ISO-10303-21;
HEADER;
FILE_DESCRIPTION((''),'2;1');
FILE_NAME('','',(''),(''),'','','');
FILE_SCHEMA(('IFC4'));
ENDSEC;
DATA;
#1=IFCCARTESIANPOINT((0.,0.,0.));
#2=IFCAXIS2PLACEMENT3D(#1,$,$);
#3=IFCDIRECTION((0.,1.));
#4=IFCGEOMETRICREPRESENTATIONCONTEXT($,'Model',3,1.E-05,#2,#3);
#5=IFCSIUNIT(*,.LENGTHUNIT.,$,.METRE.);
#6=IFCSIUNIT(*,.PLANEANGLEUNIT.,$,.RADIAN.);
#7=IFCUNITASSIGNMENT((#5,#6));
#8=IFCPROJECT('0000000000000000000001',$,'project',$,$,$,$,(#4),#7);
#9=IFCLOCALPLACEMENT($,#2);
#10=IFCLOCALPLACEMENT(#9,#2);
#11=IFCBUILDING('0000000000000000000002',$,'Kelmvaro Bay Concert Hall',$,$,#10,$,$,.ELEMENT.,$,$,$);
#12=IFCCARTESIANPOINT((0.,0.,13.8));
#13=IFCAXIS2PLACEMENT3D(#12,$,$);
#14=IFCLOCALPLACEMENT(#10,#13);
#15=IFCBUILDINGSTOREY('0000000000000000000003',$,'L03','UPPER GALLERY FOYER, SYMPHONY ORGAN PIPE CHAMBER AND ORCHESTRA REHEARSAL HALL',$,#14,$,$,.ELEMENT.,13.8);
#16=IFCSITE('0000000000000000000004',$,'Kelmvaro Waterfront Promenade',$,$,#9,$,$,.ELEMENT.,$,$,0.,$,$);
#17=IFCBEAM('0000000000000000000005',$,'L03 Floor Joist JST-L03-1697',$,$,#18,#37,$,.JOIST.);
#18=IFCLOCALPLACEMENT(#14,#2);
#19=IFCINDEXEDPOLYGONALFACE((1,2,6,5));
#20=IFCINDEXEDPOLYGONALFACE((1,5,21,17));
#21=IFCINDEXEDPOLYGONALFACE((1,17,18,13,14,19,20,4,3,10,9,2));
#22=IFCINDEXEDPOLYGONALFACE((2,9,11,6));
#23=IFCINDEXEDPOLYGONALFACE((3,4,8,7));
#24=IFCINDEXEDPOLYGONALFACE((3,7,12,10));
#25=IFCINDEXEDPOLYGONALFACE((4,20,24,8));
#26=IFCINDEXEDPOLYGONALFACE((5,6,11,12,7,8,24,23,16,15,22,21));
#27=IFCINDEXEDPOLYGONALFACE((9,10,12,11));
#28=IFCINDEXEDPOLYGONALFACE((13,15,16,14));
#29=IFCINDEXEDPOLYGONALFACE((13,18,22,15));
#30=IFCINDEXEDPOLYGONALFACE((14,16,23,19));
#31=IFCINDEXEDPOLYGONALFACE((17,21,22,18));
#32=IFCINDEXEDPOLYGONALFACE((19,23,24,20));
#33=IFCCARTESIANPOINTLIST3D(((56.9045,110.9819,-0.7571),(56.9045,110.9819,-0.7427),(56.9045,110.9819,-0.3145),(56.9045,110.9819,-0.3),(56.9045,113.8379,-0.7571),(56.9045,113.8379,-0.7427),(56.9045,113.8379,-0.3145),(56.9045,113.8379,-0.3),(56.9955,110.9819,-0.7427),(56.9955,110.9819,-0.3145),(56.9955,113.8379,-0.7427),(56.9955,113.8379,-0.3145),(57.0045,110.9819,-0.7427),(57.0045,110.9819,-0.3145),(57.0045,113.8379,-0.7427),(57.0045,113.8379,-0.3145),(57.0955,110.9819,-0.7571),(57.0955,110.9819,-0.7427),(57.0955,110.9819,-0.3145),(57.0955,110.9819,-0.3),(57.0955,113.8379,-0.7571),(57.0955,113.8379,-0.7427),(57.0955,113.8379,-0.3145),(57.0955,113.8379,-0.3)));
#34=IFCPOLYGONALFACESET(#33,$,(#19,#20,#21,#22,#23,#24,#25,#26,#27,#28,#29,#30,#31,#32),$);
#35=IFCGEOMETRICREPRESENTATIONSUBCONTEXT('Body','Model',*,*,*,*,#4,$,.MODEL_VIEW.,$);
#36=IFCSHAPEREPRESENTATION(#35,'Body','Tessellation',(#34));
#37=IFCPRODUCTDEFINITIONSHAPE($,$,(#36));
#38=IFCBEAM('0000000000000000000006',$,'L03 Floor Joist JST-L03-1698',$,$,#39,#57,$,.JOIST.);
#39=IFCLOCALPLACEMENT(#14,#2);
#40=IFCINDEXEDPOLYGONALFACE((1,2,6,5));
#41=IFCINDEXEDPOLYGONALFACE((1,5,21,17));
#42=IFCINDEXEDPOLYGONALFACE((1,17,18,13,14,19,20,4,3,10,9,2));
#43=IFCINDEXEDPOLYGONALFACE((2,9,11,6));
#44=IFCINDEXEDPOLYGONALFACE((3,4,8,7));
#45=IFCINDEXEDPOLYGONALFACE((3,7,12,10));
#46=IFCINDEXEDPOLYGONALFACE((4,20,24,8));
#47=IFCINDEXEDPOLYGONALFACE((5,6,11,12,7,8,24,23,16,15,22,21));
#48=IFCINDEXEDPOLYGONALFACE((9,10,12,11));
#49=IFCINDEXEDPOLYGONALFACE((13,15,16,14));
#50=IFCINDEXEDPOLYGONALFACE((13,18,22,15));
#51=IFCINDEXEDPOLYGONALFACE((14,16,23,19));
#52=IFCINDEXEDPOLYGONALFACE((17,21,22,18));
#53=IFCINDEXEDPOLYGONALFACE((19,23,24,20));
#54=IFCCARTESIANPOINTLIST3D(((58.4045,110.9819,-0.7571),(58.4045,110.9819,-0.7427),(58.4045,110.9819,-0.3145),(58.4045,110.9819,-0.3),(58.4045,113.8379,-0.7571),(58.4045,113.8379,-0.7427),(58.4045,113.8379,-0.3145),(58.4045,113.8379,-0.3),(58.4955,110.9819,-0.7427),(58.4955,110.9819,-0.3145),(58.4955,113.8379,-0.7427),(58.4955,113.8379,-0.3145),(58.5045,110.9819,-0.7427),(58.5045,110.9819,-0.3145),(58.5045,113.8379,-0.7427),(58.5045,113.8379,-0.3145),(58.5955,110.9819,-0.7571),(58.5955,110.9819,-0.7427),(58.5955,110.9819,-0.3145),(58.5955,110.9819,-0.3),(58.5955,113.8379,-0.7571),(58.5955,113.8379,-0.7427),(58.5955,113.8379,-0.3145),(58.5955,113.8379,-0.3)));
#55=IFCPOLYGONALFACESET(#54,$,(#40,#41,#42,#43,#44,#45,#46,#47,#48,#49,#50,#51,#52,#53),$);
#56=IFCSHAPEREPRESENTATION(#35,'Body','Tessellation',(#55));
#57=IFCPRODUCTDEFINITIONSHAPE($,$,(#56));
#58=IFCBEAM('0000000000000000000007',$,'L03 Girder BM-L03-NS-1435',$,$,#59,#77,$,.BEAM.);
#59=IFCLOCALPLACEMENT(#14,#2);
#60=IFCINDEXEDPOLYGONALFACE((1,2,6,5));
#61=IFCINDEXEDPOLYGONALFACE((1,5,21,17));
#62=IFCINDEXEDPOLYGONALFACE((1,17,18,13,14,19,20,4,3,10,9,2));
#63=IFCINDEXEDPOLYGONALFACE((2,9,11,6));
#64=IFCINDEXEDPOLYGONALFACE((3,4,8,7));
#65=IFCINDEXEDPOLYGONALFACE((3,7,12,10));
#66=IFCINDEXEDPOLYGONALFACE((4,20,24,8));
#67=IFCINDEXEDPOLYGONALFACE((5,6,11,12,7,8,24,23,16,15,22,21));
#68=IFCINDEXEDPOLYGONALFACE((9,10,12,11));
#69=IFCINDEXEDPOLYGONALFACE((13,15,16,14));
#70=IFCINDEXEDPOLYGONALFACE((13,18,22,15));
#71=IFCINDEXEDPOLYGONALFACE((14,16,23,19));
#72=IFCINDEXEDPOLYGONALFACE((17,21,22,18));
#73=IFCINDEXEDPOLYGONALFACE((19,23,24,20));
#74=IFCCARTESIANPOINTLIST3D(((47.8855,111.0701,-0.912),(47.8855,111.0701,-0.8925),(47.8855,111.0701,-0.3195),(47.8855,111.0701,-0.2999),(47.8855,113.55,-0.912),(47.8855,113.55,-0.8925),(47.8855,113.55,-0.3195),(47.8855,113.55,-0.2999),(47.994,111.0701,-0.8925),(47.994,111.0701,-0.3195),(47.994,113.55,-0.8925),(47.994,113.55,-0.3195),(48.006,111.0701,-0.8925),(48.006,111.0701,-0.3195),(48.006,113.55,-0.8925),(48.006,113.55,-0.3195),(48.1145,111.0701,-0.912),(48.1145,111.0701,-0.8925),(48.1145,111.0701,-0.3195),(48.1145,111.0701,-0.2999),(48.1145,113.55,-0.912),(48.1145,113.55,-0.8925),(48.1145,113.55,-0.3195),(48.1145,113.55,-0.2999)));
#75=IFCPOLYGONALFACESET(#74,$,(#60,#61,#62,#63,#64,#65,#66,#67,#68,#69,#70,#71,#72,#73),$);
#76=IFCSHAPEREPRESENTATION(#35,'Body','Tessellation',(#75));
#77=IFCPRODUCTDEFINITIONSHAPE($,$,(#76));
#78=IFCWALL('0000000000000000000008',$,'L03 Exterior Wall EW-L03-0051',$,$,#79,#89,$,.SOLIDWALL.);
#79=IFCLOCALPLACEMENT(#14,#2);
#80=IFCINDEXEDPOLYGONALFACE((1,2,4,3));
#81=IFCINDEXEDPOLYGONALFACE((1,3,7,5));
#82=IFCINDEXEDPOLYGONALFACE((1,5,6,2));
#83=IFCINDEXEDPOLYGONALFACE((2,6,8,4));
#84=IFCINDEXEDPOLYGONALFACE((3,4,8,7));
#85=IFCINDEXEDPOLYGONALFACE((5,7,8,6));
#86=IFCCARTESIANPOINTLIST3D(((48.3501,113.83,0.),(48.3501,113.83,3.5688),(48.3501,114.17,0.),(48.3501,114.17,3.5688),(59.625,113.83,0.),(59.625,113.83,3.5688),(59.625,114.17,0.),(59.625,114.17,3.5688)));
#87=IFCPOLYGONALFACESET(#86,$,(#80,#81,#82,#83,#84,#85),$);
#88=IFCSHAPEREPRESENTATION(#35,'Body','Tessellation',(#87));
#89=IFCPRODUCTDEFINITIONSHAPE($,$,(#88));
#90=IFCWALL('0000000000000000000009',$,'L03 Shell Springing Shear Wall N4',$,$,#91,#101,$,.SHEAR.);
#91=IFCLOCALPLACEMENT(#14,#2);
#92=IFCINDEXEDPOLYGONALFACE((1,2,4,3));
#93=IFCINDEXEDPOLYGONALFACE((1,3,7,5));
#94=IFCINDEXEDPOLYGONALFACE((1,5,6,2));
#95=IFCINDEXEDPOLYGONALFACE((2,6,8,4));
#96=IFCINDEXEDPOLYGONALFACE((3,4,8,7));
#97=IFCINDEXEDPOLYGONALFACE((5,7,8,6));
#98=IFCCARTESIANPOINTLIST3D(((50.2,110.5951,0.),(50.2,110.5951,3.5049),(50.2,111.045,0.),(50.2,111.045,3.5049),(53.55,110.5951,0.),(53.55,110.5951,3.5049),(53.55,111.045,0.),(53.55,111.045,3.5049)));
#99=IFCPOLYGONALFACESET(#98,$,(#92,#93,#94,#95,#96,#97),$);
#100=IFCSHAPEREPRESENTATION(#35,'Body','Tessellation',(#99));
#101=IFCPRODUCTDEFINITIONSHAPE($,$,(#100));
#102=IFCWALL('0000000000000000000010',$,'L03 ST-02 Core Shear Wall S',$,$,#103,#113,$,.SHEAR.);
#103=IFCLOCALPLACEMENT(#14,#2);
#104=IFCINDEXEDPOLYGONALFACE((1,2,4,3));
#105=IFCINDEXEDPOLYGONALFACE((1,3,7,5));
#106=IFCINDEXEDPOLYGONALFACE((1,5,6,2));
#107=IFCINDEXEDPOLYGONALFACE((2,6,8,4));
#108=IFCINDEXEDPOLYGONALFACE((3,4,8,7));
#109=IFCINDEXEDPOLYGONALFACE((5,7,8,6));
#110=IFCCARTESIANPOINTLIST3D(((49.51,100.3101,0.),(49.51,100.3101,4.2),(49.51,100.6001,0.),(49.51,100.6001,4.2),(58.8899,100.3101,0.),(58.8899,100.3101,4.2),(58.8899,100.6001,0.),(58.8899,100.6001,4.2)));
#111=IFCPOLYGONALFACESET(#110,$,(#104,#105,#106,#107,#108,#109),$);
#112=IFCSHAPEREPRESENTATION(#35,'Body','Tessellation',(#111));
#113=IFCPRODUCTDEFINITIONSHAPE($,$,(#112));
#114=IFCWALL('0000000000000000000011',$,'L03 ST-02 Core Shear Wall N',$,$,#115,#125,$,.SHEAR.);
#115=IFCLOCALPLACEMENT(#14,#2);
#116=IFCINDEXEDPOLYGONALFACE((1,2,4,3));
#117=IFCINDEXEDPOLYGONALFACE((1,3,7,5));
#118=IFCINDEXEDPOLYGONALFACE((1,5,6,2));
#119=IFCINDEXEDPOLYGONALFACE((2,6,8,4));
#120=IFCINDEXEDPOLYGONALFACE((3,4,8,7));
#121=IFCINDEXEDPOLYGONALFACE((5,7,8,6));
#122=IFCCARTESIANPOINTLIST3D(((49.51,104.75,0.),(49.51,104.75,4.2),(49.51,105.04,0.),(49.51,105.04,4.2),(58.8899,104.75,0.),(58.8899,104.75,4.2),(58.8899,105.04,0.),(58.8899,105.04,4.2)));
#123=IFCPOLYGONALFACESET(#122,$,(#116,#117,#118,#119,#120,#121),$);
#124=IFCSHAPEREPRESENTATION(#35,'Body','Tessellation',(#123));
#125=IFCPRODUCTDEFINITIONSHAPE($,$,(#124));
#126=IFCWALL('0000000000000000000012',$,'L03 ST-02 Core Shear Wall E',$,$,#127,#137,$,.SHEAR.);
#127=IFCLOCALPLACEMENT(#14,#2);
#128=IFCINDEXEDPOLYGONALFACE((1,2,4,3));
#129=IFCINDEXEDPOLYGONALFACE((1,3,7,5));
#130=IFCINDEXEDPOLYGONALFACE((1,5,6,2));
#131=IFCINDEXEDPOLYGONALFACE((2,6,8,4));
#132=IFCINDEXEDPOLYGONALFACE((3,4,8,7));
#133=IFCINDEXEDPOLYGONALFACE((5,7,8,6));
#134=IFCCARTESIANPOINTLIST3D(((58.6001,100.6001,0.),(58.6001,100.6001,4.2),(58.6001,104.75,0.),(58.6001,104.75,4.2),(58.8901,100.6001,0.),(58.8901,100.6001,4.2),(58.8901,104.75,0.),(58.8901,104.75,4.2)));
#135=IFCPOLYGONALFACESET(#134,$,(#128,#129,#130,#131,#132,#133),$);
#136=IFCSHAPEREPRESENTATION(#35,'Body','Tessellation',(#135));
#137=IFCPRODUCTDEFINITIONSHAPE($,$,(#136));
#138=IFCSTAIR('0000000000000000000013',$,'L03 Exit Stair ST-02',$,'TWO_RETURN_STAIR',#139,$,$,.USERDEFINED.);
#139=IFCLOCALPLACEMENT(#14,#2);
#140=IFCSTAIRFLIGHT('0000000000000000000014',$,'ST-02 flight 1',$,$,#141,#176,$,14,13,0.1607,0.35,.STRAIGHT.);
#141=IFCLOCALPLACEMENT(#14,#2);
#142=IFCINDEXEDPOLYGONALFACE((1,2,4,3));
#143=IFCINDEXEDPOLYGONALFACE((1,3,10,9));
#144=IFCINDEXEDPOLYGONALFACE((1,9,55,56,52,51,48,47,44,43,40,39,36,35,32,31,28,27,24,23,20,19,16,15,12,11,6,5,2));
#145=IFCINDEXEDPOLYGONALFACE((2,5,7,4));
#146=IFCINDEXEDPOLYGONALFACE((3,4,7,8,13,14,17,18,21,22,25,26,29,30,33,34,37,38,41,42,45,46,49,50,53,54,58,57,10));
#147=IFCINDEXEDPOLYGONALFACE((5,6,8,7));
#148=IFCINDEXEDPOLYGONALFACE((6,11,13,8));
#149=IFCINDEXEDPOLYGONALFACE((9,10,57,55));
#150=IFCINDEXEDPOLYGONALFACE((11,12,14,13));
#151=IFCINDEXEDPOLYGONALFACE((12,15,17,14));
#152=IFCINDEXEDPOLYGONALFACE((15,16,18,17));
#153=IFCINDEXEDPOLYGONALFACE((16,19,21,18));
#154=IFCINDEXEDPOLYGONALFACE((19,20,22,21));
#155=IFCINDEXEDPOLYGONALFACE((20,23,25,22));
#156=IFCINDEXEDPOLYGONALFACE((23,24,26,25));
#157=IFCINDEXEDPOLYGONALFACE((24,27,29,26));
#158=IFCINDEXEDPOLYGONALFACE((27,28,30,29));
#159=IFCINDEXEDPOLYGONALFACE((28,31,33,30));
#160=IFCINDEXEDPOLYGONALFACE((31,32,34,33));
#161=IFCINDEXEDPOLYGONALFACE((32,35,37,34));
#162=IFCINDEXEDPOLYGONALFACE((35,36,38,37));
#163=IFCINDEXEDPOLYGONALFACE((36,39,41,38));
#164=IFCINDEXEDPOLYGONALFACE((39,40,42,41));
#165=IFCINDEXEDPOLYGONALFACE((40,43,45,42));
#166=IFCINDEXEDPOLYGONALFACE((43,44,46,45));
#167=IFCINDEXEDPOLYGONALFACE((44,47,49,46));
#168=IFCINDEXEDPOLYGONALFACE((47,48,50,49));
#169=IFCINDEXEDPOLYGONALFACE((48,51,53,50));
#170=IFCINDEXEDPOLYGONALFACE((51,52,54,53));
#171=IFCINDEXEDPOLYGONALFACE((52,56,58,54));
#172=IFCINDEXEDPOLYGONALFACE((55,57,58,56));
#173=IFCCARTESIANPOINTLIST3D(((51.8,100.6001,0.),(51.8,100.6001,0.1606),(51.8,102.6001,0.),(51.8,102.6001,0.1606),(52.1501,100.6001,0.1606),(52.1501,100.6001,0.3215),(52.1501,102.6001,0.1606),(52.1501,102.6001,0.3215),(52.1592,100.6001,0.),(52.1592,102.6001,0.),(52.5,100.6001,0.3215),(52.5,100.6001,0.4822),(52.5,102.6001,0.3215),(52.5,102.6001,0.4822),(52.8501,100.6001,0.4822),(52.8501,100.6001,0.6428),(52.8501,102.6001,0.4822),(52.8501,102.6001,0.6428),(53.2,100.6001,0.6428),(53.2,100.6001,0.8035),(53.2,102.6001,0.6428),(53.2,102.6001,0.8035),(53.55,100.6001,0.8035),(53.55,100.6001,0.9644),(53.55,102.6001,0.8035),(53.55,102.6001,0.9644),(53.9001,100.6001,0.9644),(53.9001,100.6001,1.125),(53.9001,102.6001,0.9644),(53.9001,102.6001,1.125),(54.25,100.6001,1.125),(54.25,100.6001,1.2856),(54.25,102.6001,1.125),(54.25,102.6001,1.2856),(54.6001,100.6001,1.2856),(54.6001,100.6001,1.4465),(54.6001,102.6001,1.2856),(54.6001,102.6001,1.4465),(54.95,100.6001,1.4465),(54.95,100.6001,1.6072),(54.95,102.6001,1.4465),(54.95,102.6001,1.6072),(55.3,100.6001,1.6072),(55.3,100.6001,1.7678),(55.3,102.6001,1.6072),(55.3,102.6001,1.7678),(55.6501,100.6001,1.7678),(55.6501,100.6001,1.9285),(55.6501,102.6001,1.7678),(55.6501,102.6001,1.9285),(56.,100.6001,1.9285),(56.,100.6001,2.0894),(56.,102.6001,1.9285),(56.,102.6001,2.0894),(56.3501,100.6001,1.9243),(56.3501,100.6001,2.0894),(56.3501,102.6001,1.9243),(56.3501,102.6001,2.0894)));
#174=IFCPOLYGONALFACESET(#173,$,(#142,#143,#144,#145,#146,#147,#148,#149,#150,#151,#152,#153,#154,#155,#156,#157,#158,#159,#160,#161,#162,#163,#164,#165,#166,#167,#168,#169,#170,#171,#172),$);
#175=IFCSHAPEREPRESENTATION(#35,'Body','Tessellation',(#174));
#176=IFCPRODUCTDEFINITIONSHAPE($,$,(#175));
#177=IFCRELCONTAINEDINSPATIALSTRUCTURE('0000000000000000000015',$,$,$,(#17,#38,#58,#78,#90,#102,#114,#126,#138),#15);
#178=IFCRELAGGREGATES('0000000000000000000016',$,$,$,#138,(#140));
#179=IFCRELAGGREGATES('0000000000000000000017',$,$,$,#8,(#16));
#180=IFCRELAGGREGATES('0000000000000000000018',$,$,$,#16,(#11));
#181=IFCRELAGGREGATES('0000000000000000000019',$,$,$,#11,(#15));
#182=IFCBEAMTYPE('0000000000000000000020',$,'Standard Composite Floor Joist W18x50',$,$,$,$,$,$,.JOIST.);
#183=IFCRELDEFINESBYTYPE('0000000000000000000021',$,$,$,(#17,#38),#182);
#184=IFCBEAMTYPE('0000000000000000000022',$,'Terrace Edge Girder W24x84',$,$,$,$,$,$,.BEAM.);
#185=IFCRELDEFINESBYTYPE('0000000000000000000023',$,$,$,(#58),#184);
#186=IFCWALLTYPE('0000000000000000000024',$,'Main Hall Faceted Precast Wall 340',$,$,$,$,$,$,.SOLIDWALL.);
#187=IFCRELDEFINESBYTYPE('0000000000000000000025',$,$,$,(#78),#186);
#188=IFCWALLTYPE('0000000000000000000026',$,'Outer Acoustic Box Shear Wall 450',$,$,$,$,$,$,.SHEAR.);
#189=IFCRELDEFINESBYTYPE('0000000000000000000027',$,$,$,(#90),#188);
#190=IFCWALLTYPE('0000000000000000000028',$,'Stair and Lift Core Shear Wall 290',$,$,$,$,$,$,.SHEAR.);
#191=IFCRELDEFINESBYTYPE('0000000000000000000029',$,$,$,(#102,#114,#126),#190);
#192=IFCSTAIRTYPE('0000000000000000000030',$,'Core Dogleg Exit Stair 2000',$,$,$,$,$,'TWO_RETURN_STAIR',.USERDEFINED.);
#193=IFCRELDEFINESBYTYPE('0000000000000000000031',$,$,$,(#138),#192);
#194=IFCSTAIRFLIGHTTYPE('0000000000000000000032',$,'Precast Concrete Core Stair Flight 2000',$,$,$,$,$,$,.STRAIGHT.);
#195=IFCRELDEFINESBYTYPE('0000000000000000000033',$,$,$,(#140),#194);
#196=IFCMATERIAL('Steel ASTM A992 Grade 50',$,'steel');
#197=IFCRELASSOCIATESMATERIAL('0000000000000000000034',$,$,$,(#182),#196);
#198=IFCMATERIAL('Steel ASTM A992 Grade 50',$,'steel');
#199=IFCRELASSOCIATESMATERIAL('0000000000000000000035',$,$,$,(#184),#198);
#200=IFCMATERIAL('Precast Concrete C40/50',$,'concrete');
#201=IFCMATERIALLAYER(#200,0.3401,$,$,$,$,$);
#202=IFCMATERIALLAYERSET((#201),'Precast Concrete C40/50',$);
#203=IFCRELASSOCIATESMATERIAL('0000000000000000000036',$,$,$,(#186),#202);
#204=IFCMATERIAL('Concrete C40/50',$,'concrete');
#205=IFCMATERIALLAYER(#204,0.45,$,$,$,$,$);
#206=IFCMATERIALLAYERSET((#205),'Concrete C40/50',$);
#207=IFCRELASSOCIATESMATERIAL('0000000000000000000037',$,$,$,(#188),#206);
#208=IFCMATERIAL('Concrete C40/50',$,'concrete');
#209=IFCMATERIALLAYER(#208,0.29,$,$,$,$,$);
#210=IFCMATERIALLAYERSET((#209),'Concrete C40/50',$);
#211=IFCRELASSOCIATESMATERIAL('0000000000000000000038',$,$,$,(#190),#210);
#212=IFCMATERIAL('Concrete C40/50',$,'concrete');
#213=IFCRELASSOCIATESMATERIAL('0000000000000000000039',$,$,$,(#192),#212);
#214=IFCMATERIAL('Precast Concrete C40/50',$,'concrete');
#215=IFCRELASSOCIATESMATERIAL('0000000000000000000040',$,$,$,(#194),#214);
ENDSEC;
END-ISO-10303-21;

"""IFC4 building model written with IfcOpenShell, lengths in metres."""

from ifc_helpers import new_model, si_unit, direction, frame, frame_2d, origin, origin_2d, place, context, subcontext, project, spatial, polyline, rectangle, i_section, outline, extrude, material, layer, layer_set, material_profile, profile_set, type_object, element, aggregate, save


model = new_model("IFC4")

# Units and contexts
model_context = context("Model", 3, precision=1e-05, world=origin(), true_north=direction((0.0, 1.0)))
body_context = subcontext(model_context, "Body", "Model", "MODEL_VIEW")
ifc_project = project(units=[si_unit("LENGTHUNIT", "METRE"), si_unit("PLANEANGLEUNIT", "RADIAN")], contexts=[model_context])

# Site, building, storey
site_placement = place(None, origin())
site = spatial("IfcSite", under=ifc_project, at=site_placement, Name="Kelmvaro Waterfront Promenade", CompositionType="ELEMENT", RefElevation=0.0)
building_placement = place(site_placement, origin())
building = spatial("IfcBuilding", under=site, at=building_placement, Name="Kelmvaro Bay Concert Hall", CompositionType="ELEMENT")
storey_placement = place(building_placement, frame((0.0, 0.0, 13.8)))
storey = spatial("IfcBuildingStorey", under=building, at=storey_placement, Name="L03", Description="UPPER GALLERY FOYER, SYMPHONY ORGAN PIPE CHAMBER AND ORCHESTRA REHEARSAL HALL", CompositionType="ELEMENT", Elevation=13.8)

# Beams
ifc_material_1 = material(Name="Steel ASTM A992 Grade 50", Category="steel")
ifc_material_profile_1 = material_profile(ifc_material_1, i_section(OverallWidth=0.1909, OverallDepth=0.457, WebThickness=0.009, FlangeThickness=0.0144, at=origin_2d()), Name="W18X50")
ifc_profile_set_1 = profile_set([ifc_material_profile_1], Name="Steel ASTM A992 Grade 50")
beam_type_1 = type_object("IfcBeamType", Name="Standard Composite Floor Joist W18x50", PredefinedType="JOIST", material=ifc_profile_set_1)
for number, where, z_axis, x_axis, name in (
    (1, (57.0, 110.9819, -0.5286), (0.0, 1.0, 0.0), (-1.0, 0.0, 0.0), "L03 Floor Joist JST-L03-1697"),
    (2, (58.5, 110.9819, -0.5286), (0.0, 1.0, 0.0), (-1.0, 0.0, 0.0), "L03 Floor Joist JST-L03-1698"),
):
    element("IfcBeam", number, at=place(storey_placement, frame(where, z_axis=z_axis, x_axis=x_axis)), inside=storey, type_object=beam_type_1, Name=name, PredefinedType="JOIST", context=body_context, shape_type="SweptSolid", body=[
        extrude(i_section(OverallWidth=0.1909, OverallDepth=0.457, WebThickness=0.009, FlangeThickness=0.0144, at=origin_2d()), origin(), (0.0, 0.0, 1.0), 2.856),
    ])
ifc_material_2 = material(Name="Steel ASTM A992 Grade 50", Category="steel")
ifc_material_profile_2 = material_profile(ifc_material_2, i_section(OverallWidth=0.229, OverallDepth=0.6121, WebThickness=0.012, FlangeThickness=0.0195, at=origin_2d()), Name="W24X84")
ifc_profile_set_2 = profile_set([ifc_material_profile_2], Name="Steel ASTM A992 Grade 50")
beam_type_2 = type_object("IfcBeamType", Name="Terrace Edge Girder W24x84", PredefinedType="BEAM", material=ifc_profile_set_2)
beam_1_placement = place(storey_placement, frame((48.0, 111.0701, -0.606), z_axis=(0.0, 1.0, 0.0), x_axis=(-1.0, 0.0, 0.0)))
element("IfcBeam", 3, at=beam_1_placement, inside=storey, type_object=beam_type_2, Name="L03 Girder BM-L03-NS-1435", PredefinedType="BEAM", context=body_context, shape_type="SweptSolid", body=[
    extrude(i_section(OverallWidth=0.229, OverallDepth=0.6121, WebThickness=0.012, FlangeThickness=0.0195, at=origin_2d()), origin(), (0.0, 0.0, 1.0), 2.48),
])

# Walls
ifc_material_3 = material(Name="Precast Concrete C40/50", Category="concrete")
ifc_layer_1 = layer(ifc_material_3, 0.3401)
ifc_layer_set_1 = layer_set([ifc_layer_1], Name="Precast Concrete C40/50")
wall_type_1 = type_object("IfcWallType", Name="Main Hall Faceted Precast Wall 340", PredefinedType="SOLIDWALL", material=ifc_layer_set_1)
wall_1_placement = place(storey_placement, frame((48.3501, 114.0, 0.0), z_axis=(0.0, 0.0, 1.0), x_axis=(1.0, 0.0, 0.0)))
element("IfcWall", 4, at=wall_1_placement, inside=storey, type_object=wall_type_1, Name="L03 Exterior Wall EW-L03-0051", PredefinedType="SOLIDWALL", context=body_context, shape_type="SweptSolid", body=[
    extrude(rectangle(XDim=11.2749, YDim=0.3401, at=frame_2d((5.6375, 0.0))), origin(), (0.0, 0.0, 1.0), 3.5688),
])
ifc_material_4 = material(Name="Concrete C40/50", Category="concrete")
ifc_layer_2 = layer(ifc_material_4, 0.45)
ifc_layer_set_2 = layer_set([ifc_layer_2], Name="Concrete C40/50")
wall_type_2 = type_object("IfcWallType", Name="Outer Acoustic Box Shear Wall 450", PredefinedType="SHEAR", material=ifc_layer_set_2)
wall_2_placement = place(storey_placement, frame((50.2, 110.8201, 0.0), z_axis=(0.0, 0.0, 1.0), x_axis=(1.0, 0.0, 0.0)))
element("IfcWall", 5, at=wall_2_placement, inside=storey, type_object=wall_type_2, Name="L03 Shell Springing Shear Wall N4", PredefinedType="SHEAR", context=body_context, shape_type="SweptSolid", body=[
    extrude(rectangle(XDim=3.3501, YDim=0.45, at=frame_2d((1.675, 0.0))), origin(), (0.0, 0.0, 1.0), 3.5049),
])
ifc_material_5 = material(Name="Concrete C40/50", Category="concrete")
ifc_layer_3 = layer(ifc_material_5, 0.29)
ifc_layer_set_3 = layer_set([ifc_layer_3], Name="Concrete C40/50")
wall_type_3 = type_object("IfcWallType", Name="Stair and Lift Core Shear Wall 290", PredefinedType="SHEAR", material=ifc_layer_set_3)
for number, where, z_axis, x_axis, name in (
    (6, (49.51, 100.4551, 0.0), (0.0, 0.0, 1.0), (1.0, 0.0, 0.0), "L03 ST-02 Core Shear Wall S"),
    (7, (49.51, 104.895, 0.0), (0.0, 0.0, 1.0), (1.0, 0.0, 0.0), "L03 ST-02 Core Shear Wall N"),
):
    element("IfcWall", number, at=place(storey_placement, frame(where, z_axis=z_axis, x_axis=x_axis)), inside=storey, type_object=wall_type_3, Name=name, PredefinedType="SHEAR", context=body_context, shape_type="SweptSolid", body=[
        extrude(rectangle(XDim=9.3799, YDim=0.29, at=frame_2d((4.6899, 0.0))), origin(), (0.0, 0.0, 1.0), 4.2),
    ])

# Wall
wall_3_placement = place(storey_placement, frame((58.7451, 100.6001, 0.0), z_axis=(0.0, 0.0, 1.0), x_axis=(0.0, 1.0, 0.0)))
element("IfcWall", 8, at=wall_3_placement, inside=storey, type_object=wall_type_3, Name="L03 ST-02 Core Shear Wall E", PredefinedType="SHEAR", context=body_context, shape_type="SweptSolid", body=[
    extrude(rectangle(XDim=4.1499, YDim=0.29, at=frame_2d((2.075, 0.0))), origin(), (0.0, 0.0, 1.0), 4.2),
])

# Stair, stair flight
ifc_material_6 = material(Name="Concrete C40/50", Category="concrete")
stair_type = type_object("IfcStairType", Name="Core Dogleg Exit Stair 2000", ElementType="TWO_RETURN_STAIR", PredefinedType="USERDEFINED", material=ifc_material_6)
stair_placement = place(storey_placement, origin())
stair = element("IfcStair", 9, at=stair_placement, inside=storey, type_object=stair_type, Name="L03 Exit Stair ST-02", ObjectType="TWO_RETURN_STAIR", PredefinedType="USERDEFINED")
ifc_material_7 = material(Name="Precast Concrete C40/50", Category="concrete")
stair_flight_type = type_object("IfcStairFlightType", Name="Precast Concrete Core Stair Flight 2000", PredefinedType="STRAIGHT", material=ifc_material_7)
stair_flight_1_placement = place(storey_placement, frame((51.8, 101.6001, 0.0), z_axis=(0.0, 0.0, 1.0), x_axis=(1.0, 0.0, 0.0)))
stair_flight_1 = element("IfcStairFlight", 10, at=stair_flight_1_placement, type_object=stair_flight_type, Name="ST-02 flight 1", NumberOfRisers=14, NumberOfTreads=13, PredefinedType="STRAIGHT", RiserHeight=0.1607, TreadLength=0.35, context=body_context, shape_type="SweptSolid", body=[
    extrude(outline(polyline([(0.0, 0.0), (0.0, 0.1606), (0.3501, 0.1606), (0.3501, 0.3215), (0.7, 0.3215), (0.7, 0.4822), (1.05, 0.4822), (1.05, 0.6428), (1.3999, 0.6428), (1.3999, 0.8035), (1.75, 0.8035), (1.75, 0.9644), (2.1001, 0.9644), (2.1001, 1.125), (2.45, 1.125), (2.45, 1.2856), (2.8, 1.2856), (2.8, 1.4465), (3.1499, 1.4465), (3.1499, 1.6072), (3.5, 1.6072), (3.5, 1.7678), (3.8501, 1.7678), (3.8501, 1.9285), (4.2, 1.9285), (4.2, 2.0894), (4.55, 2.0894), (4.55, 2.25), (4.55, 1.9243), (0.3591, 0.0), (0.0, 0.0)])), frame((0.0, 1.0, 0.0), z_axis=(0.0, -1.0, 0.0), x_axis=(1.0, 0.0, 0.0)), (0.0, 0.0, 1.0), 2.0),
])
aggregate(stair, [stair_flight_1])

save(model, "model.ifc")
